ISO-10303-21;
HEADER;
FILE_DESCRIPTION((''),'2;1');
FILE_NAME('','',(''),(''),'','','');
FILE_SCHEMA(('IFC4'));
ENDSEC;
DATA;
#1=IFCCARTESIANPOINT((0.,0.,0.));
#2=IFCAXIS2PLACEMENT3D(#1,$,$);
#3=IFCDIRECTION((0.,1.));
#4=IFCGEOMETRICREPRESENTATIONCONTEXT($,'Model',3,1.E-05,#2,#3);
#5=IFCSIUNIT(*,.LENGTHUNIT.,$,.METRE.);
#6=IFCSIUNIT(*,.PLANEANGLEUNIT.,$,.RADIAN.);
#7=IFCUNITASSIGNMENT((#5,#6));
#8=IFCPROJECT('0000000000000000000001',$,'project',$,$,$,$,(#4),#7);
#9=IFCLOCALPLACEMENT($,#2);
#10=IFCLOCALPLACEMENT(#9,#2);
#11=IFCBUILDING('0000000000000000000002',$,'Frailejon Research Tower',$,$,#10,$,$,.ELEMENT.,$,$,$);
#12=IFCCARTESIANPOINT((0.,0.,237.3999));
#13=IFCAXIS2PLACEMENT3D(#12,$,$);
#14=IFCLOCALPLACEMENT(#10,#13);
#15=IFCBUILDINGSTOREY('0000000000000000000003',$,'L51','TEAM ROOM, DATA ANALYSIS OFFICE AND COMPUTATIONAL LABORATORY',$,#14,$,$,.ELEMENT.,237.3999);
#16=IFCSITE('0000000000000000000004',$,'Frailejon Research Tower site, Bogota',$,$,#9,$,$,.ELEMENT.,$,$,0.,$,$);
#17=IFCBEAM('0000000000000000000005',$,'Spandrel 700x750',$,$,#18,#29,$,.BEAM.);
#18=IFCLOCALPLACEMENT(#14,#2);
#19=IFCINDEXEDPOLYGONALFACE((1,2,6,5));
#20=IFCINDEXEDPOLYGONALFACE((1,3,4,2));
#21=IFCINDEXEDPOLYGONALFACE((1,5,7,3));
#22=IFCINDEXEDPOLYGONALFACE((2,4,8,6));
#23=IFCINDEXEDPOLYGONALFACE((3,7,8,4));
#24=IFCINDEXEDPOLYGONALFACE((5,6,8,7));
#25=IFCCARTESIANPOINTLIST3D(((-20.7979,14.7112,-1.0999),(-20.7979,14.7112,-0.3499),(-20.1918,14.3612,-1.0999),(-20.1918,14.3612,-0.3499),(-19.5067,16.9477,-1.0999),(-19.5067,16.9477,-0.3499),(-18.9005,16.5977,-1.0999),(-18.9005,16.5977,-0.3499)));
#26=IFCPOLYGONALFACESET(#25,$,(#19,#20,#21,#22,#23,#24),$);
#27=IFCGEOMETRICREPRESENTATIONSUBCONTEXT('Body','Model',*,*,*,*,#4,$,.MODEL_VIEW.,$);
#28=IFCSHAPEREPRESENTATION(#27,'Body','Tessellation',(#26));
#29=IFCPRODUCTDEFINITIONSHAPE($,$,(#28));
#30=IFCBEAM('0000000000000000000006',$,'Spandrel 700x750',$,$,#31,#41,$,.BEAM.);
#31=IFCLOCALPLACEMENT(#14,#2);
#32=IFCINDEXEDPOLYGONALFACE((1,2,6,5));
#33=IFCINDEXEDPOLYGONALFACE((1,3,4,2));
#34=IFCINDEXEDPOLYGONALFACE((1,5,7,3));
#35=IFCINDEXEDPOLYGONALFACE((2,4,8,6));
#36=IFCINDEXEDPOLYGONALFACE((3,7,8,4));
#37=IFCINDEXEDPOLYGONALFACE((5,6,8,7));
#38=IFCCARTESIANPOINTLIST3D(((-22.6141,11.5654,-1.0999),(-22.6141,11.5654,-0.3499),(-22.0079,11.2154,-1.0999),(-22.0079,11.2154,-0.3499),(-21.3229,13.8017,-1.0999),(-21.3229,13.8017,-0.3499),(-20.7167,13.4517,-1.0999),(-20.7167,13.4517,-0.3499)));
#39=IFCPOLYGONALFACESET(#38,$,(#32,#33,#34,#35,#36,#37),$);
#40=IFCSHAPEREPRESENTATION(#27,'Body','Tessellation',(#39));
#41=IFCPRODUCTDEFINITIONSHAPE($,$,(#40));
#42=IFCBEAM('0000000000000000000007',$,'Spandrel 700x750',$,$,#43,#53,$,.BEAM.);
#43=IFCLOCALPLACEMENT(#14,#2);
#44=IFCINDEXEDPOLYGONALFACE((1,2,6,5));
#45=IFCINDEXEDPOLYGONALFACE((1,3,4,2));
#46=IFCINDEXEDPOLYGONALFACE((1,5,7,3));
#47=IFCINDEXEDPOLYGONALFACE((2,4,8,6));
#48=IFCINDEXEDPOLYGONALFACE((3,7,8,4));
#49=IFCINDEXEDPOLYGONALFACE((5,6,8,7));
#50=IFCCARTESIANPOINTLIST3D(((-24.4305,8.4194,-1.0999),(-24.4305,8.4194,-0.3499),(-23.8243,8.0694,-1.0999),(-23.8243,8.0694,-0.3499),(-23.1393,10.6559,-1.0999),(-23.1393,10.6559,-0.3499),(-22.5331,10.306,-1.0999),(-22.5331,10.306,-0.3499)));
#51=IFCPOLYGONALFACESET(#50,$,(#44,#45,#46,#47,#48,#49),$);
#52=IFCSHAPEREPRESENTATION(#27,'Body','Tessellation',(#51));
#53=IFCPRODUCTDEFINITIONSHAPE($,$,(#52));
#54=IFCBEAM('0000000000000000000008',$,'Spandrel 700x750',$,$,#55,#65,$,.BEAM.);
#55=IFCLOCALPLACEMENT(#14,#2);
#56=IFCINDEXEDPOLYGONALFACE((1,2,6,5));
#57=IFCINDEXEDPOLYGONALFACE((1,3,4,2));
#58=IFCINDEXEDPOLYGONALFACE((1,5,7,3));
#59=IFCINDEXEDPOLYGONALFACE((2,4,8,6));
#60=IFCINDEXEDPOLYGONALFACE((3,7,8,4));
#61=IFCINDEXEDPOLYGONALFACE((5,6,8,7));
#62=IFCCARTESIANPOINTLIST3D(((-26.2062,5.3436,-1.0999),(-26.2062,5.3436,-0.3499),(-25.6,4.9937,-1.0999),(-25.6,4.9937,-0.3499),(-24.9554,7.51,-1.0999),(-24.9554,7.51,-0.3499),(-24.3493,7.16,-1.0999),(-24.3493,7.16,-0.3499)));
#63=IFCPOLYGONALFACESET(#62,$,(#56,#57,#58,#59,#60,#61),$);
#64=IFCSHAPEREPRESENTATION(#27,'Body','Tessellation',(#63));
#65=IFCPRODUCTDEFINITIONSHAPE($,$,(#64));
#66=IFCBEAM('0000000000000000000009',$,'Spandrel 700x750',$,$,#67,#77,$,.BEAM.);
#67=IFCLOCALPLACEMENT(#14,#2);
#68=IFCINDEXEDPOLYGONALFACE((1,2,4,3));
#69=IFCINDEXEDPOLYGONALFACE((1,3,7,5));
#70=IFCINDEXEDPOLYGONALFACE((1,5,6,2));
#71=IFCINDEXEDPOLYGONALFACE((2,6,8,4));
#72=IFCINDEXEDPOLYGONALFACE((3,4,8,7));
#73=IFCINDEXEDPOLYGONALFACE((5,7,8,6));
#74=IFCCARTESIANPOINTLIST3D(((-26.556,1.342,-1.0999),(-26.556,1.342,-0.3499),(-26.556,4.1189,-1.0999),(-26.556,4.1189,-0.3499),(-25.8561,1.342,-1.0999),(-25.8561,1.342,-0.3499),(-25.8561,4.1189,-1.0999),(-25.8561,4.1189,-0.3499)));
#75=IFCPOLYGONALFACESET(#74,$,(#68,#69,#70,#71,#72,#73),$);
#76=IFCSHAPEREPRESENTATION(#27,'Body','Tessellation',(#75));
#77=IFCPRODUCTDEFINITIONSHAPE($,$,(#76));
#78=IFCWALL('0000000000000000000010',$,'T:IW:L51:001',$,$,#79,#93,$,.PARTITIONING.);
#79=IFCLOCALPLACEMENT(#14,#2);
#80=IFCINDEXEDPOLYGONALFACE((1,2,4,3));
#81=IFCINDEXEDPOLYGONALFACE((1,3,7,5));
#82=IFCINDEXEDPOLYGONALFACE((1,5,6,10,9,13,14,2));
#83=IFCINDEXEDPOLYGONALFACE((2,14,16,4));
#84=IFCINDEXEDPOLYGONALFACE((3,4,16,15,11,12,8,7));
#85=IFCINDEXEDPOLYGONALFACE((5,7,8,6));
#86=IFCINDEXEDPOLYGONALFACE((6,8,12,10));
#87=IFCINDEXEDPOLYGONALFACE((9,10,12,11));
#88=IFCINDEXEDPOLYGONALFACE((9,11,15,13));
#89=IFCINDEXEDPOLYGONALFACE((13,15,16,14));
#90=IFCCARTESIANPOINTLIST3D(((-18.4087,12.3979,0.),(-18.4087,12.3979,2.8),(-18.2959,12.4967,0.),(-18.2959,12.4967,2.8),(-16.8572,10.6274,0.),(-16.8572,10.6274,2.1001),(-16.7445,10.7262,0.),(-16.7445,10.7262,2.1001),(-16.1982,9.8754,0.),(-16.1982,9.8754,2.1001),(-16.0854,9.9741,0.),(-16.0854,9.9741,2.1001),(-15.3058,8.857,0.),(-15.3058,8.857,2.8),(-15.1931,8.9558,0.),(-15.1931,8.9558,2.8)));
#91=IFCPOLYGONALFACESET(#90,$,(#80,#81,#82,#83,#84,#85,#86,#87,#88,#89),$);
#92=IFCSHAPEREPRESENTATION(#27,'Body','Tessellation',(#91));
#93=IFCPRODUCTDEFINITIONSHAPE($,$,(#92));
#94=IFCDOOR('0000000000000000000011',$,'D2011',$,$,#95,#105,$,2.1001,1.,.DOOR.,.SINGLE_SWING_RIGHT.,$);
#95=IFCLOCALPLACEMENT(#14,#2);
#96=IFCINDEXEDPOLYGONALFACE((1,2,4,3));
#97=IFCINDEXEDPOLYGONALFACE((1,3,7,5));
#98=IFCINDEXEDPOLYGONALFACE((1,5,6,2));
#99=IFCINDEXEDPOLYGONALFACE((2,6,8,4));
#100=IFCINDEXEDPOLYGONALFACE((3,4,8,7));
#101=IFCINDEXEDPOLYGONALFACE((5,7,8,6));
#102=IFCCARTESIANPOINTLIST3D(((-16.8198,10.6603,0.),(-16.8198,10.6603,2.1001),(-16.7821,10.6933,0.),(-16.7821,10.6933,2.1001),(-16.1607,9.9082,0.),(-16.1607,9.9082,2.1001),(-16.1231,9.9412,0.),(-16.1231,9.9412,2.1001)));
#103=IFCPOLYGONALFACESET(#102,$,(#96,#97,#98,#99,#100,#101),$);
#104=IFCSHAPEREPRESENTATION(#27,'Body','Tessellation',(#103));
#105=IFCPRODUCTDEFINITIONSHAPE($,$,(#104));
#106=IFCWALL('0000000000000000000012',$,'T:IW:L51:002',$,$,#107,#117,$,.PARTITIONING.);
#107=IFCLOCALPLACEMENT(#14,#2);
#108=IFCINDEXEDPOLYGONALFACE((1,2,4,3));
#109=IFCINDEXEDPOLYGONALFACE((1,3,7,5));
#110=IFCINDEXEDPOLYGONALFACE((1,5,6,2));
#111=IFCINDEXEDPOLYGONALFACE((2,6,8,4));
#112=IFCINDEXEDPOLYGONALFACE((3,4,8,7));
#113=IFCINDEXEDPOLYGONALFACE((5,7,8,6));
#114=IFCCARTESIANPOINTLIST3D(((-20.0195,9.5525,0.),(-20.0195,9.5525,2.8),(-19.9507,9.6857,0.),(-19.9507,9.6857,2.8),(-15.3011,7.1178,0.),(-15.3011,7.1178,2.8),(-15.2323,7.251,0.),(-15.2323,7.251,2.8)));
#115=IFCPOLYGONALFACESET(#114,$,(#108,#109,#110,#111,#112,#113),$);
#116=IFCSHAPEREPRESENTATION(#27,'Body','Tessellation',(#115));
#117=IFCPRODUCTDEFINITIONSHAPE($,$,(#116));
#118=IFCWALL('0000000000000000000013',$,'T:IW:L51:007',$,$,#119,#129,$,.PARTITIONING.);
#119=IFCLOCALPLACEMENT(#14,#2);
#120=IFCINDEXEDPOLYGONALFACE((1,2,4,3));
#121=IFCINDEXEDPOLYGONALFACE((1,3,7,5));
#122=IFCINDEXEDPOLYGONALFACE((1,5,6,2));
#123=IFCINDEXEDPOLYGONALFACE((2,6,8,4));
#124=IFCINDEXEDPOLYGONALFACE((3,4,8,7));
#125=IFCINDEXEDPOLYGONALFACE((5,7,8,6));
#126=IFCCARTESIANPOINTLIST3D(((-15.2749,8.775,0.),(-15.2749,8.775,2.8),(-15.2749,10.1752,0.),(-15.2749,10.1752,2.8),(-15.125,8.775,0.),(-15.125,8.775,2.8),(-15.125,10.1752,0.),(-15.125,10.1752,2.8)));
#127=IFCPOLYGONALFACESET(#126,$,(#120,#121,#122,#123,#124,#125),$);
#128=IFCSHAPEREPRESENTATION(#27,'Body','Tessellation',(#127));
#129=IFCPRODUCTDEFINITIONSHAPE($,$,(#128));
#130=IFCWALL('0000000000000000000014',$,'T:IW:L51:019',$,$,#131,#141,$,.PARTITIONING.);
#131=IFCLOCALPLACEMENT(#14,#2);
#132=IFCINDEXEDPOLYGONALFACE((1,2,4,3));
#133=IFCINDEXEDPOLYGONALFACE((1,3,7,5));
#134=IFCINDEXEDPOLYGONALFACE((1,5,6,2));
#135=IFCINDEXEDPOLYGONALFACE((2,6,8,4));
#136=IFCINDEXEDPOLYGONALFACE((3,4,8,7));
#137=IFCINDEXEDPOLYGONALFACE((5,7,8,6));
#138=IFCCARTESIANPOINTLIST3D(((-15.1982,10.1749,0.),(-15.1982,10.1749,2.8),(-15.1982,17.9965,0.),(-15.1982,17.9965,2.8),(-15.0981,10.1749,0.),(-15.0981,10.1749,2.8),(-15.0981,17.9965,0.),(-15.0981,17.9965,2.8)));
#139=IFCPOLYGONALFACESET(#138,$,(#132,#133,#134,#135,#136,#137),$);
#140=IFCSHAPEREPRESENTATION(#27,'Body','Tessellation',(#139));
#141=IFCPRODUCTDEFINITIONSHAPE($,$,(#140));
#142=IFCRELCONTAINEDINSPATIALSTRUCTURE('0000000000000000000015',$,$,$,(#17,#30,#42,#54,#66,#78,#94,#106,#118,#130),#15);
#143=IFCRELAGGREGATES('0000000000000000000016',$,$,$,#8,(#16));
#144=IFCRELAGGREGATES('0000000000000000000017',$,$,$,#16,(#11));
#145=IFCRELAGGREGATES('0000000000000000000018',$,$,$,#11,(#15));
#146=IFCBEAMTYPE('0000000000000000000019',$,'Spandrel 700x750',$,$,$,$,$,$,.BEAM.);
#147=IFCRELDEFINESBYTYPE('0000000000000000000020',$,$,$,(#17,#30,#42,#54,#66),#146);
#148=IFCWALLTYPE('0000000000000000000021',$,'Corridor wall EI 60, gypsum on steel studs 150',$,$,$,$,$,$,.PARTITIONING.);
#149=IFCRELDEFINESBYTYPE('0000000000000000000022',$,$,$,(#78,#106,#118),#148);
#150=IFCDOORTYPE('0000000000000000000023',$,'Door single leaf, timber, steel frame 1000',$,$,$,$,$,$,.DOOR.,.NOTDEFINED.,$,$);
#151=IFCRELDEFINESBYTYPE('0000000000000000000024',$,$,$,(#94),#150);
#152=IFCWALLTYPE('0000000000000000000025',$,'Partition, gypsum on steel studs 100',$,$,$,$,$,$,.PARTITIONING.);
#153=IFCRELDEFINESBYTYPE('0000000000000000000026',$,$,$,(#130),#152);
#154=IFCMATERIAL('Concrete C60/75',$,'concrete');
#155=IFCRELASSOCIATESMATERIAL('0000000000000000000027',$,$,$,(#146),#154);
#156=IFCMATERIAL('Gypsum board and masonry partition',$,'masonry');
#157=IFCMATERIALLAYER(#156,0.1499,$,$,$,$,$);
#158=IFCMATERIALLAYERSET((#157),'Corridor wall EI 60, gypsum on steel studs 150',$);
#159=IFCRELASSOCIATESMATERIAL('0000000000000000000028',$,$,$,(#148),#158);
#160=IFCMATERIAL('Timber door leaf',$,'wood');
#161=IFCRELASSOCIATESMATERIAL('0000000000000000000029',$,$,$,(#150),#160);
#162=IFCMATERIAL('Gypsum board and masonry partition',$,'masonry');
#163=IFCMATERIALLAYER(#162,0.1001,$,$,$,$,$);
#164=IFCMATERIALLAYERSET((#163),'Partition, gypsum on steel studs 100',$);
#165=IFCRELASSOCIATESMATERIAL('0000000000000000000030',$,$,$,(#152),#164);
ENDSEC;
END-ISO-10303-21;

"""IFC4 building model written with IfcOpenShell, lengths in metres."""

from ifc_helpers import new_model, si_unit, direction, frame, frame_2d, origin, origin_2d, place, context, subcontext, project, spatial, rectangle, extrude, material, layer, layer_set, material_profile, profile_set, type_object, element, fill, save


model = new_model("IFC4")

# Units and contexts
model_context = context("Model", 3, precision=1e-05, world=origin(), true_north=direction((0.0, 1.0)))
body_context = subcontext(model_context, "Body", "Model", "MODEL_VIEW")
ifc_project = project(units=[si_unit("LENGTHUNIT", "METRE"), si_unit("PLANEANGLEUNIT", "RADIAN")], contexts=[model_context])

# Site, building, storey
site_placement = place(None, origin())
site = spatial("IfcSite", under=ifc_project, at=site_placement, Name="Frailejon Research Tower site, Bogota", CompositionType="ELEMENT", RefElevation=0.0)
building_placement = place(site_placement, origin())
building = spatial("IfcBuilding", under=site, at=building_placement, Name="Frailejon Research Tower", CompositionType="ELEMENT")
storey_placement = place(building_placement, frame((0.0, 0.0, 237.3999)))
storey = spatial("IfcBuildingStorey", under=building, at=storey_placement, Name="L51", Description="TEAM ROOM, DATA ANALYSIS OFFICE AND COMPUTATIONAL LABORATORY", CompositionType="ELEMENT", Elevation=237.3999)

# Beams
ifc_material_1 = material(Name="Concrete C60/75", Category="concrete")
ifc_material_profile_1 = material_profile(ifc_material_1, rectangle(XDim=0.7, YDim=0.75, at=origin_2d()), Name="Spandrel 700x750")
ifc_profile_set_1 = profile_set([ifc_material_profile_1], Name="Concrete C60/75")
beam_type_1 = type_object("IfcBeamType", Name="Spandrel 700x750", PredefinedType="BEAM", material=ifc_profile_set_1)
for number, where, z_axis, x_axis, name in (
    (1, (-19.2036, 16.7727, -0.7249), (-0.499992, -0.86603, 0.0), (0.86603, -0.499992, 0.0), "Spandrel 700x750"),
):
    element("IfcBeam", number, at=place(storey_placement, frame(where, z_axis=z_axis, x_axis=x_axis)), inside=storey, type_object=beam_type_1, Name=name, PredefinedType="BEAM", context=body_context, shape_type="SweptSolid", body=[
        extrude(rectangle(XDim=0.7, YDim=0.75, at=origin_2d()), origin(), (0.0, 0.0, 1.0), 2.5825),
    ])
beam_1_placement = place(storey_placement, frame((-21.0198, 13.6267, -0.7249), z_axis=(-0.500033, -0.866006, 0.0), x_axis=(0.866006, -0.500033, 0.0)))
element("IfcBeam", 2, at=beam_1_placement, inside=storey, type_object=beam_type_1, Name="Spandrel 700x750", PredefinedType="BEAM", context=body_context, shape_type="SweptSolid", body=[
    extrude(rectangle(XDim=0.7, YDim=0.75, at=origin_2d()), origin(), (0.0, 0.0, 1.0), 2.5823),
])
beam_2_placement = place(storey_placement, frame((-22.8362, 10.481, -0.7249), z_axis=(-0.499992, -0.86603, 0.0), x_axis=(0.86603, -0.499992, 0.0)))
element("IfcBeam", 3, at=beam_2_placement, inside=storey, type_object=beam_type_1, Name="Spandrel 700x750", PredefinedType="BEAM", context=body_context, shape_type="SweptSolid", body=[
    extrude(rectangle(XDim=0.7, YDim=0.75, at=origin_2d()), origin(), (0.0, 0.0, 1.0), 2.5825),
])
beam_3_placement = place(storey_placement, frame((-24.6523, 7.335, -0.7249), z_axis=(-0.500013, -0.866018, 0.0), x_axis=(0.866018, -0.500013, 0.0)))
element("IfcBeam", 4, at=beam_3_placement, inside=storey, type_object=beam_type_1, Name="Spandrel 700x750", PredefinedType="BEAM", context=body_context, shape_type="SweptSolid", body=[
    extrude(rectangle(XDim=0.7, YDim=0.75, at=origin_2d()), origin(), (0.0, 0.0, 1.0), 2.5015),
])
beam_4_placement = place(storey_placement, frame((-26.2061, 4.1189, -0.7249), z_axis=(0.0, -1.0, 0.0), x_axis=(1.0, 0.0, 0.0)))
element("IfcBeam", 5, at=beam_4_placement, inside=storey, type_object=beam_type_1, Name="Spandrel 700x750", PredefinedType="BEAM", context=body_context, shape_type="SweptSolid", body=[
    extrude(rectangle(XDim=0.7, YDim=0.75, at=origin_2d()), origin(), (0.0, 0.0, 1.0), 2.7769),
])

# Wall, opening, door
ifc_material_2 = material(Name="Gypsum board and masonry partition", Category="masonry")
ifc_layer_1 = layer(ifc_material_2, 0.1499)
ifc_layer_set_1 = layer_set([ifc_layer_1], Name="Corridor wall EI 60, gypsum on steel studs 150")
wall_type_1 = type_object("IfcWallType", Name="Corridor wall EI 60, gypsum on steel studs 150", PredefinedType="PARTITIONING", material=ifc_layer_set_1)
wall_1_placement = place(storey_placement, frame((-18.3523, 12.4473, 0.0), z_axis=(0.0, 0.0, 1.0), x_axis=(0.659059, -0.752091, 0.0)))
wall_1 = element("IfcWall", 6, at=wall_1_placement, inside=storey, type_object=wall_type_1, Name="T:IW:L51:001", PredefinedType="PARTITIONING", context=body_context, shape_type="SweptSolid", body=[
    extrude(rectangle(XDim=4.708, YDim=0.1499, at=frame_2d((2.354, 0.0))), origin(), (0.0, 0.0, 1.0), 2.8),
])
opening_1_placement = place(wall_1_placement, frame((2.354, 0.0, 0.0)))
opening_1 = element("IfcOpeningElement", 7, at=opening_1_placement, cuts=wall_1, PredefinedType="OPENING", context=body_context, shape_type="SweptSolid", body=[
    extrude(rectangle(XDim=1.0, YDim=2.1001, at=frame_2d((0.5, 1.05))), frame((0.0, 0.085, 0.0), z_axis=(0.0, -1.0, 0.0), x_axis=(1.0, 0.0, 0.0)), (0.0, 0.0, 1.0), 0.1699),
])
ifc_material_3 = material(Name="Timber door leaf", Category="wood")
door_type = type_object("IfcDoorType", Name="Door single leaf, timber, steel frame 1000", OperationType="NOTDEFINED", PredefinedType="DOOR", material=ifc_material_3)
door_placement = place(opening_1_placement, origin())
door = element("IfcDoor", 8, at=door_placement, inside=storey, type_object=door_type, Name="D2011", OperationType="SINGLE_SWING_RIGHT", OverallHeight=2.1001, OverallWidth=1.0, PredefinedType="DOOR", context=body_context, shape_type="SweptSolid", body=[
    extrude(rectangle(XDim=1.0, YDim=2.1001, at=frame_2d((0.5, 1.05))), frame((0.0, 0.0249, 0.0), z_axis=(0.0, -1.0, 0.0), x_axis=(1.0, 0.0, 0.0)), (0.0, 0.0, 1.0), 0.05),
])
fill(opening_1, door)

# Walls
wall_2_placement = place(storey_placement, frame((-19.9851, 9.6191, 0.0), z_axis=(0.0, 0.0, 1.0), x_axis=(0.888662, -0.458562, 0.0)))
element("IfcWall", 9, at=wall_2_placement, inside=storey, type_object=wall_type_1, Name="T:IW:L51:002", PredefinedType="PARTITIONING", context=body_context, shape_type="SweptSolid", body=[
    extrude(rectangle(XDim=5.3096, YDim=0.1499, at=frame_2d((2.6548, 0.0))), origin(), (0.0, 0.0, 1.0), 2.8),
])
wall_3_placement = place(storey_placement, frame((-15.2, 8.7749, 0.0), z_axis=(0.0, 0.0, 1.0), x_axis=(0.0, 1.0, 0.0)))
element("IfcWall", 10, at=wall_3_placement, inside=storey, type_object=wall_type_1, Name="T:IW:L51:007", PredefinedType="PARTITIONING", context=body_context, shape_type="SweptSolid", body=[
    extrude(rectangle(XDim=1.4001, YDim=0.1499, at=frame_2d((0.7002, 0.0))), origin(), (0.0, 0.0, 1.0), 2.8),
])
ifc_material_4 = material(Name="Gypsum board and masonry partition", Category="masonry")
ifc_layer_2 = layer(ifc_material_4, 0.1001)
ifc_layer_set_2 = layer_set([ifc_layer_2], Name="Partition, gypsum on steel studs 100")
wall_type_2 = type_object("IfcWallType", Name="Partition, gypsum on steel studs 100", PredefinedType="PARTITIONING", material=ifc_layer_set_2)
wall_4_placement = place(storey_placement, frame((-15.1482, 10.175, 0.0), z_axis=(0.0, 0.0, 1.0), x_axis=(0.0, 1.0, 0.0)))
element("IfcWall", 11, at=wall_4_placement, inside=storey, type_object=wall_type_2, Name="T:IW:L51:019", PredefinedType="PARTITIONING", context=body_context, shape_type="SweptSolid", body=[
    extrude(rectangle(XDim=7.8215, YDim=0.1001, at=frame_2d((3.9106, 0.0))), origin(), (0.0, 0.0, 1.0), 2.8),
])

save(model, "model.ifc")
